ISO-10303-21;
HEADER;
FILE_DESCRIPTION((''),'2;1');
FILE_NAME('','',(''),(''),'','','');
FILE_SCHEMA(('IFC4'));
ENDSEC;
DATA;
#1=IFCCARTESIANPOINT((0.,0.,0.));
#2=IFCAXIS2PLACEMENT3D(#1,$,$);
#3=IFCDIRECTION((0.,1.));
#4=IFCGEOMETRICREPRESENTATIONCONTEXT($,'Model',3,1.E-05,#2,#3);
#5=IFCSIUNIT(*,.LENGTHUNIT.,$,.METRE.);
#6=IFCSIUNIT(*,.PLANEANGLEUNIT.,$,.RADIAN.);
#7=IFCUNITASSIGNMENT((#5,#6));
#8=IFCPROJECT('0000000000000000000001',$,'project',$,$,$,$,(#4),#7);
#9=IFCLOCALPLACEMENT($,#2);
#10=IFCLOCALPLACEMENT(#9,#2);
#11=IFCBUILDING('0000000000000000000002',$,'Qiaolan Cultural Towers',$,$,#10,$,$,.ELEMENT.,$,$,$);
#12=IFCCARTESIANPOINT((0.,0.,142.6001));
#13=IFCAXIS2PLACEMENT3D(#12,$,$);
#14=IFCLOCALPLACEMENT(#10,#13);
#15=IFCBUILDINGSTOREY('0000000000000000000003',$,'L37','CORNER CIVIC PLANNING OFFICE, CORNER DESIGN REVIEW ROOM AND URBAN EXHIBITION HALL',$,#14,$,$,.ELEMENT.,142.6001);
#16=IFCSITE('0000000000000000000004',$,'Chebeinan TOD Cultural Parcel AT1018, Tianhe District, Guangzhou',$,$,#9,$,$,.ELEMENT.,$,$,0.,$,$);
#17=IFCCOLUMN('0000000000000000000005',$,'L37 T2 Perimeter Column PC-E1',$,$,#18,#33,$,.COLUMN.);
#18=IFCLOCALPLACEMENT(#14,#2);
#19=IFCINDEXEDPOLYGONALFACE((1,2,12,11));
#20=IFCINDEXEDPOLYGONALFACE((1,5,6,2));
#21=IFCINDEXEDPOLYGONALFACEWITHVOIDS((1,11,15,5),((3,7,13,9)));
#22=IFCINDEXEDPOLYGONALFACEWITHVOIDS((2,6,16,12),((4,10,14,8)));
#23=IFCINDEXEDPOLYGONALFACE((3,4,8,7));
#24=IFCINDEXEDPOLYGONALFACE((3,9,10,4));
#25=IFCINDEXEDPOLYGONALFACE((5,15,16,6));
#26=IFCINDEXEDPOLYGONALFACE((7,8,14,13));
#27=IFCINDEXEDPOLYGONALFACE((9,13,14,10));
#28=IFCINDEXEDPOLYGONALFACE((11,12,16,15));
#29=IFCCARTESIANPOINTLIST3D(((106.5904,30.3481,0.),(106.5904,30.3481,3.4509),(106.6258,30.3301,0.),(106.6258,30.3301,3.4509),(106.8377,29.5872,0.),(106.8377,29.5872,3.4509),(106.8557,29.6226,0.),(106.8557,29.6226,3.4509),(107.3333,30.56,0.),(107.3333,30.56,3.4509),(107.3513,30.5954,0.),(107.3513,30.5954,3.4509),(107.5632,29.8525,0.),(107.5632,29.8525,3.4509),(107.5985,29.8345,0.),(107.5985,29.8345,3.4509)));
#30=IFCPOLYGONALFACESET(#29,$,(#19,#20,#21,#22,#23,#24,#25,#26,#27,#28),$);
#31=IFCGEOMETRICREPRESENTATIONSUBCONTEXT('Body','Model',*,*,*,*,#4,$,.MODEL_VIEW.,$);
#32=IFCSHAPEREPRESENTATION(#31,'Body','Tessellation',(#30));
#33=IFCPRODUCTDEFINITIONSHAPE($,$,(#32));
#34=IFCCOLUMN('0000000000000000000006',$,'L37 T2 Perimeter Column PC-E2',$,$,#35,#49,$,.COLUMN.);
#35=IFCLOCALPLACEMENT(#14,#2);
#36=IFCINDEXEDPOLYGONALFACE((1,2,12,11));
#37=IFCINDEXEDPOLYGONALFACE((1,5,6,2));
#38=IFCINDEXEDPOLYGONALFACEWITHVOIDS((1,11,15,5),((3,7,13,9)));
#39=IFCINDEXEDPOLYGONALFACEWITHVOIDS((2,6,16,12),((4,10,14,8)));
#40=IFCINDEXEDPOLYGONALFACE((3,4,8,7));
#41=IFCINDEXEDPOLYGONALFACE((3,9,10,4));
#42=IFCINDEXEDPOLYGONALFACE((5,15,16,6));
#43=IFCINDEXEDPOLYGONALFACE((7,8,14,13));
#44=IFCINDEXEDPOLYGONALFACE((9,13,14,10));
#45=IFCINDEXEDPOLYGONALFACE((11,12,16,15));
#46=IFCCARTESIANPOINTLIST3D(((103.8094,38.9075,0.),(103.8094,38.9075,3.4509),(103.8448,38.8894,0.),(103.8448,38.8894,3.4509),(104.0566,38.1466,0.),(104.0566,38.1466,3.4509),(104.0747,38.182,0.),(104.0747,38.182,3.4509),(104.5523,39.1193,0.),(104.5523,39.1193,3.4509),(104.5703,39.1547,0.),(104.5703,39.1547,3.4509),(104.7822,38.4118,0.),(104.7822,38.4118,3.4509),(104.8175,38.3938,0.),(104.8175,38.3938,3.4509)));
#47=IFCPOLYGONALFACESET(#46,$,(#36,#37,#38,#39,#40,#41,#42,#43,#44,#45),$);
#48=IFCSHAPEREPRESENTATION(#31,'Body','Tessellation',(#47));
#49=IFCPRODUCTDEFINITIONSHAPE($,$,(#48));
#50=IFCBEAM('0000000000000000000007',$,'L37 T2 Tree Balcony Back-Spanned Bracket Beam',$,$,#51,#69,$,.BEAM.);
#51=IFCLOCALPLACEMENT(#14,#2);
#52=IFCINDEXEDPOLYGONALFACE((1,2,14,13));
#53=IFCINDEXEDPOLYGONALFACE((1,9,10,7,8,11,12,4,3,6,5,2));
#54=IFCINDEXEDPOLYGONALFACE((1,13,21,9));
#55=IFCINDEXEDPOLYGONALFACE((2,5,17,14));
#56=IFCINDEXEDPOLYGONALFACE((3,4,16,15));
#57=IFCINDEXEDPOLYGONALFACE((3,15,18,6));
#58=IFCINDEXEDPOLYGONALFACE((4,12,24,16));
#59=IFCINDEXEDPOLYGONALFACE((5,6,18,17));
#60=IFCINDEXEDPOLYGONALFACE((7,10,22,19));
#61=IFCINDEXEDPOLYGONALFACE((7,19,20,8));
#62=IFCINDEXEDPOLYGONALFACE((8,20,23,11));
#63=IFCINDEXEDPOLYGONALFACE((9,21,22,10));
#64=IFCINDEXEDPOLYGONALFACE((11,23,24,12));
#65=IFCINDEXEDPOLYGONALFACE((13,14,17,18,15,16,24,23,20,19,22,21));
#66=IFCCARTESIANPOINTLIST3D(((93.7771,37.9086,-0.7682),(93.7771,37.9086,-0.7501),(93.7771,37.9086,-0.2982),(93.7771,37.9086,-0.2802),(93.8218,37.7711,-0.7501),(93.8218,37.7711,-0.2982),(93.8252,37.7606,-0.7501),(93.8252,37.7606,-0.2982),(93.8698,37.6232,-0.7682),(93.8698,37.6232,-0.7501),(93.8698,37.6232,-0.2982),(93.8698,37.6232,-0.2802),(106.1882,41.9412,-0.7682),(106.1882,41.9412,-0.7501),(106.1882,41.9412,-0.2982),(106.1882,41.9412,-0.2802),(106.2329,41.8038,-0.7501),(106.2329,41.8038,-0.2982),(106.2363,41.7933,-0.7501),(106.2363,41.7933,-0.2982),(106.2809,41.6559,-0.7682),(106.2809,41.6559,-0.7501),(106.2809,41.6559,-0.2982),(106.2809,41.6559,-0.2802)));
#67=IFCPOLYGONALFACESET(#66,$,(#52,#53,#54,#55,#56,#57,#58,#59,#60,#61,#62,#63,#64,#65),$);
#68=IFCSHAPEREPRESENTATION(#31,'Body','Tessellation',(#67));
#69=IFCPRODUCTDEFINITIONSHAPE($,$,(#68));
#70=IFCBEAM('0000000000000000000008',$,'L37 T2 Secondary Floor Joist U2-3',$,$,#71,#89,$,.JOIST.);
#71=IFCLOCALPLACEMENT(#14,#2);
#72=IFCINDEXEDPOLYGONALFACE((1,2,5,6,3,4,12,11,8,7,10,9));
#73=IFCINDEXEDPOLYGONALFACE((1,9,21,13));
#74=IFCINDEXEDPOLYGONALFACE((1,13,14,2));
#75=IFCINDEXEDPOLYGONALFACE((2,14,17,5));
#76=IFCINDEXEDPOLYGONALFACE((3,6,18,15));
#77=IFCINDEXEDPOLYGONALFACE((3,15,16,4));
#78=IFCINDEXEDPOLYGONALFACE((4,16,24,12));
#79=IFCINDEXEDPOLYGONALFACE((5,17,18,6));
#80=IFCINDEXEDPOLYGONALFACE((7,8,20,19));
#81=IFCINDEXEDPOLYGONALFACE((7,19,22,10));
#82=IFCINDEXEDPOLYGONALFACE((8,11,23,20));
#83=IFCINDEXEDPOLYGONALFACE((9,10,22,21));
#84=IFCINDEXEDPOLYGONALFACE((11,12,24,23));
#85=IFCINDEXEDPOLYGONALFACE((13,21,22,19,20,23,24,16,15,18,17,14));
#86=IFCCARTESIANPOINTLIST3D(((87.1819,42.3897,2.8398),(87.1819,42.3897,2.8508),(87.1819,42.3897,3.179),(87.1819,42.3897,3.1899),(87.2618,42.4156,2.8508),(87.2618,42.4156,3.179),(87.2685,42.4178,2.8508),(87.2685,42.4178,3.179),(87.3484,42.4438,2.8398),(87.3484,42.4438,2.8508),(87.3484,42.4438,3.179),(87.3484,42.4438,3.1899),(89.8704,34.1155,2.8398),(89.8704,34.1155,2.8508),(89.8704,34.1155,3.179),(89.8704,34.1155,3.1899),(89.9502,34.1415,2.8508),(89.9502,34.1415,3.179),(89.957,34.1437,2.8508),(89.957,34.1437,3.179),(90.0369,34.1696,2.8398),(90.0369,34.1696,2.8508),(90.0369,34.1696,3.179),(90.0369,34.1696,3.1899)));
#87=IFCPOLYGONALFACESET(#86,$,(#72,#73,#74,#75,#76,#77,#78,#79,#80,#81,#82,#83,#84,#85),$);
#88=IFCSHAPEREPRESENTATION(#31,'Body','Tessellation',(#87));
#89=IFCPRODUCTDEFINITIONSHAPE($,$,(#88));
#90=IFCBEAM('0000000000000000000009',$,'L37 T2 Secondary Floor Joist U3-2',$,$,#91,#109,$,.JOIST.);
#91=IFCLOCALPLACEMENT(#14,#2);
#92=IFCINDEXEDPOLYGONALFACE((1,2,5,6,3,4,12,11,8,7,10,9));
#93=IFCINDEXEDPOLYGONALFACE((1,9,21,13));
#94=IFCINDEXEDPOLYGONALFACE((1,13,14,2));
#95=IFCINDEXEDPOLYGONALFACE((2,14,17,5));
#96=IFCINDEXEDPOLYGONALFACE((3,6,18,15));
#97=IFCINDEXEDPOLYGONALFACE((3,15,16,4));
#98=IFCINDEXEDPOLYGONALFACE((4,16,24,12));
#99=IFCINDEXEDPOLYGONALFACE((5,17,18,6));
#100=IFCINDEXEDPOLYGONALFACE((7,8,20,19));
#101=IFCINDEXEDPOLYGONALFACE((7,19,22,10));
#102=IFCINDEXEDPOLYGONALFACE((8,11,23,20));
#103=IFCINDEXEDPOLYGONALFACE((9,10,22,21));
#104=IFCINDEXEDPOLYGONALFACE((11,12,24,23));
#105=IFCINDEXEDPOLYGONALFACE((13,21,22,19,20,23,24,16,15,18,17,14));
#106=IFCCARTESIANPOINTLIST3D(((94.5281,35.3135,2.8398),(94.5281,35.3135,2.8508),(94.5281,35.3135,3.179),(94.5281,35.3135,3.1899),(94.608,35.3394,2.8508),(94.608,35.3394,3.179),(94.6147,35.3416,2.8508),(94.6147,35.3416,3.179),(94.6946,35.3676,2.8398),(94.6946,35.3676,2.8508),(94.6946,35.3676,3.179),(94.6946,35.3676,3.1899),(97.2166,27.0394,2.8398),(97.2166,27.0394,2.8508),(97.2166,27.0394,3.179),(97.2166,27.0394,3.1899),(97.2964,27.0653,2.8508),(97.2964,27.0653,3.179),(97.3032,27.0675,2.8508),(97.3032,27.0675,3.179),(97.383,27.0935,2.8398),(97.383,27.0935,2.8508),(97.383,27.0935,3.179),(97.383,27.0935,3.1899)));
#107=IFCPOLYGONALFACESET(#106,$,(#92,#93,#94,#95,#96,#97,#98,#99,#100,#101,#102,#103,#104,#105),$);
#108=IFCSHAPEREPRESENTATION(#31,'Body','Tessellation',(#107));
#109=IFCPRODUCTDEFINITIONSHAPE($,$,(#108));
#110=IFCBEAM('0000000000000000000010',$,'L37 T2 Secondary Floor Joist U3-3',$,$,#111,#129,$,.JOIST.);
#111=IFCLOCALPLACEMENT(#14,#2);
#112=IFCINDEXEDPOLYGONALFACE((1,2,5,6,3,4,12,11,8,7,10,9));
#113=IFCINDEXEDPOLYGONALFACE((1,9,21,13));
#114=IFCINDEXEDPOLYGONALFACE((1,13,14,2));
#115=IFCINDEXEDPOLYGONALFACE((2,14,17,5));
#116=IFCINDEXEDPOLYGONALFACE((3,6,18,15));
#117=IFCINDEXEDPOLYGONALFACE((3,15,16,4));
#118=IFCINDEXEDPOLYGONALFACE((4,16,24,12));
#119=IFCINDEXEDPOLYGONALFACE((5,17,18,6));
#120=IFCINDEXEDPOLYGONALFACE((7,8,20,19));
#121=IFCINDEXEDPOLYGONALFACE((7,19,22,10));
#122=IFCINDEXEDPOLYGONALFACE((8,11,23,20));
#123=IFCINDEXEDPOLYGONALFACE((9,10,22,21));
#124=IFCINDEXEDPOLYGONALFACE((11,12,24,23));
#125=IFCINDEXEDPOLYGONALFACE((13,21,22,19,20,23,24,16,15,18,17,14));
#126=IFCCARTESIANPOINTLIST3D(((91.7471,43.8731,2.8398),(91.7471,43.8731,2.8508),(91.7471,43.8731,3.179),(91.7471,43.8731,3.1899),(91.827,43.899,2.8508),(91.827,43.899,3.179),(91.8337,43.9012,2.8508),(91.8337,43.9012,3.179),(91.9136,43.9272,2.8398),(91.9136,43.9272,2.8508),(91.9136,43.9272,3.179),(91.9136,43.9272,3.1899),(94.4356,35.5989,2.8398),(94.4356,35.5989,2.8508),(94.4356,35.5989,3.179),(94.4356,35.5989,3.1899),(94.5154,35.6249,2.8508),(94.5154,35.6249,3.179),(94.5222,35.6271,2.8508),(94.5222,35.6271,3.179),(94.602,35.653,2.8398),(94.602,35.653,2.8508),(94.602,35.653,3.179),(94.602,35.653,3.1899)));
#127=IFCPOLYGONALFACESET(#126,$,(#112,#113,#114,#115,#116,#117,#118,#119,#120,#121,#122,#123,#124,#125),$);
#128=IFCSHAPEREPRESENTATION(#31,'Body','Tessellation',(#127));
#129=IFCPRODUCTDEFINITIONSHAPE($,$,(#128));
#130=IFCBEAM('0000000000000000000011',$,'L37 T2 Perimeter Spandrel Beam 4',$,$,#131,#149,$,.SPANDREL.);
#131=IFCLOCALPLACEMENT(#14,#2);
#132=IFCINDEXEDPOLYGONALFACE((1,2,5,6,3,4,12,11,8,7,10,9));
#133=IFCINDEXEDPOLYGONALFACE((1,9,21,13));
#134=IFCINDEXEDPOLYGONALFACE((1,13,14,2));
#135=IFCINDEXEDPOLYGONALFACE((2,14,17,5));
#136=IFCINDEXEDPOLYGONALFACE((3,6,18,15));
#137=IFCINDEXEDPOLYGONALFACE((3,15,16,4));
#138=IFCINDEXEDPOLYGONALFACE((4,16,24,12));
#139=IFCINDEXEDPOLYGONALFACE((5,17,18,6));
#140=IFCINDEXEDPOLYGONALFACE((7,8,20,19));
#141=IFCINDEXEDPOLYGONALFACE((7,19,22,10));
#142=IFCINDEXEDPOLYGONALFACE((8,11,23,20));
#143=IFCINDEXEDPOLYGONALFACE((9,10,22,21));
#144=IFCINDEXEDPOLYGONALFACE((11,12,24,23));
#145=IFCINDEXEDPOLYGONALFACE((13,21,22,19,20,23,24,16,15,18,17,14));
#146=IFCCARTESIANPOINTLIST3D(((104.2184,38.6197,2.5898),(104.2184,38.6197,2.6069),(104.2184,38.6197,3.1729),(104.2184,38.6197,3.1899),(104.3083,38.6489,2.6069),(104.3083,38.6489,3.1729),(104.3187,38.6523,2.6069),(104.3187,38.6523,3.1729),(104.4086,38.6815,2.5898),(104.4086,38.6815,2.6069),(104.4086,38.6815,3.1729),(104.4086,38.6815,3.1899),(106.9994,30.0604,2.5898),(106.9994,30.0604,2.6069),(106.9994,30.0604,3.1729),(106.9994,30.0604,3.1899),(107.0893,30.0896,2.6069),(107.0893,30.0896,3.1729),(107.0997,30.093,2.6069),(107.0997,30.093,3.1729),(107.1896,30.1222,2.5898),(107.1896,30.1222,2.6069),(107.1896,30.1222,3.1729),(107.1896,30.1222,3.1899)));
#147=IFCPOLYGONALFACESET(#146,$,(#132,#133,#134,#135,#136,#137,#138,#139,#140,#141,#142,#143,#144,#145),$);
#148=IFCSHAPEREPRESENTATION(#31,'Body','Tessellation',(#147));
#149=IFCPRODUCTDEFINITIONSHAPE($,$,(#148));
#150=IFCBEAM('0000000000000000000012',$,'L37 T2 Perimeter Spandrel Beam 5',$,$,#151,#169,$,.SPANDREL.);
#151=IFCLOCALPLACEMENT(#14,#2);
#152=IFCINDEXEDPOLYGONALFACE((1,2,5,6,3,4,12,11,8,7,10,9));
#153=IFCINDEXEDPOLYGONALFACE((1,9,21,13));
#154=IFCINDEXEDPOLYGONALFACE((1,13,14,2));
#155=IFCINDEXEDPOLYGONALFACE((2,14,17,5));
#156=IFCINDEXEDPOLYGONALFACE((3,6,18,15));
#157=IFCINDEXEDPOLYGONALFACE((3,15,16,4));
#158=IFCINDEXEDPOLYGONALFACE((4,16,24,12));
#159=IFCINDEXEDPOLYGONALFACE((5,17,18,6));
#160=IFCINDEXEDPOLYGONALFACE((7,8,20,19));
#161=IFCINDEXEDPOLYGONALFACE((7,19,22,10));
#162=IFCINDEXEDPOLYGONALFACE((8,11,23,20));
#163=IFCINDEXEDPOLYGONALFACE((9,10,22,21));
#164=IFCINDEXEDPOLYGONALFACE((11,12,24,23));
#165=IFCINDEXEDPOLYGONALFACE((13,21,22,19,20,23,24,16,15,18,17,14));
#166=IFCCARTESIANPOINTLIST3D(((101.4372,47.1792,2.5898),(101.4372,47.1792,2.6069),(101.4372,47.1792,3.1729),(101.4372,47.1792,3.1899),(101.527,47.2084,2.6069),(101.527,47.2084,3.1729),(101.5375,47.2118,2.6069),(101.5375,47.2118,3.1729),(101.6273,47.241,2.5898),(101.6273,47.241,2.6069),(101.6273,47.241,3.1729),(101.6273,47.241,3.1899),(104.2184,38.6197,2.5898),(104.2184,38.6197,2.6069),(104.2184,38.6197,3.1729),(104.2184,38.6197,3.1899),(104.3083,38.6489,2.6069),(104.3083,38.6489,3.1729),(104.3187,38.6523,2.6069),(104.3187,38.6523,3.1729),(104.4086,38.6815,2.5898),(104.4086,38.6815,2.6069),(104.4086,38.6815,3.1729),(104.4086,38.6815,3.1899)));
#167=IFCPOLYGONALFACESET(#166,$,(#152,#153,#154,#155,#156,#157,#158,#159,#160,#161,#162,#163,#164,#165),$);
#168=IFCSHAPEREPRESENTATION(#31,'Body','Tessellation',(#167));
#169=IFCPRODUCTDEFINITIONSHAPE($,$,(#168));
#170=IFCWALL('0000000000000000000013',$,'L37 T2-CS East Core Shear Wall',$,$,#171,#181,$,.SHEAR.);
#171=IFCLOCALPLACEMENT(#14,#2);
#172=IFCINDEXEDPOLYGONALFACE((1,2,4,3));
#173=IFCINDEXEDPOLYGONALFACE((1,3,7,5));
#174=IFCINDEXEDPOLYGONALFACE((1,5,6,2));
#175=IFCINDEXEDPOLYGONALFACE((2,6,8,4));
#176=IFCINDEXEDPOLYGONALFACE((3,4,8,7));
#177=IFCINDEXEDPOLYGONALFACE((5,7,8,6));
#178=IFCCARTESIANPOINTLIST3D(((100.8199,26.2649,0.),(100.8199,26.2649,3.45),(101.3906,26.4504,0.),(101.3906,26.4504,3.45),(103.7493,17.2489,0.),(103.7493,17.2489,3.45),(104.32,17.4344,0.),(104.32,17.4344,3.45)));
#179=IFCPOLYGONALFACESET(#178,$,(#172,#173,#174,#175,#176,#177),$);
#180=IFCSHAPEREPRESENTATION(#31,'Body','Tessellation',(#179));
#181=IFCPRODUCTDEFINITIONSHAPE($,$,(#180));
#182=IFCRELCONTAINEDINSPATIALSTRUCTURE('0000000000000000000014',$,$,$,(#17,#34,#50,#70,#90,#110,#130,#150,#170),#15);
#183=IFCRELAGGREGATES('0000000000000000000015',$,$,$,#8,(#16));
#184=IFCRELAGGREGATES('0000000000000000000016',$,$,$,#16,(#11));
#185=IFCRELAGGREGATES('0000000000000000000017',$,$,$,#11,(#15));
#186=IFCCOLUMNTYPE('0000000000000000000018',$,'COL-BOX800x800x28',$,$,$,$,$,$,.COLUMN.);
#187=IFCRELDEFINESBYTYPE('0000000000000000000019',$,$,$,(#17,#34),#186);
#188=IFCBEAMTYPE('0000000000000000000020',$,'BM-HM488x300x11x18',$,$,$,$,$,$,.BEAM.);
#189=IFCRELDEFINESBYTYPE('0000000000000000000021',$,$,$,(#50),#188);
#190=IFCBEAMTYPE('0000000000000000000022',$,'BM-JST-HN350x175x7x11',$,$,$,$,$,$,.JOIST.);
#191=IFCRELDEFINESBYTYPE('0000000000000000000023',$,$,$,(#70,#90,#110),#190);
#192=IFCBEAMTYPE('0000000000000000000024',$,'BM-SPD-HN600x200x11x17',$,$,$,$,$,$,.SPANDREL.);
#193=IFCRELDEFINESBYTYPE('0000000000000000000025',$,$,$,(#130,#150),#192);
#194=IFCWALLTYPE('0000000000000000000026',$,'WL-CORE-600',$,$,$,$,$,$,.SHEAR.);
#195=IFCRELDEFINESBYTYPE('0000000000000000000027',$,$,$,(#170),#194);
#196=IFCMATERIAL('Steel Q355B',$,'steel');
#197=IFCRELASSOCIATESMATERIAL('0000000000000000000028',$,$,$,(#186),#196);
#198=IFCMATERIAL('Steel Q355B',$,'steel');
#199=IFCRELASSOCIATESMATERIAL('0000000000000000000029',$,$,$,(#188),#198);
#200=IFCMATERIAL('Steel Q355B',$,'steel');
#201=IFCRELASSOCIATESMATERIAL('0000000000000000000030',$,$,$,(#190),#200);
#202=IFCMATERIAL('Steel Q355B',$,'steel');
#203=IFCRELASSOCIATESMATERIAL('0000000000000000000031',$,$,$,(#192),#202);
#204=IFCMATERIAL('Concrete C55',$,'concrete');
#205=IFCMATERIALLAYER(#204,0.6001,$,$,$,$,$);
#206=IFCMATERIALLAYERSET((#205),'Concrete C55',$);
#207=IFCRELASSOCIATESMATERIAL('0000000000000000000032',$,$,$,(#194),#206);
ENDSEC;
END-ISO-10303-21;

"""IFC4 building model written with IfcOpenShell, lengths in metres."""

from ifc_helpers import new_model, si_unit, direction, frame, frame_2d, origin, origin_2d, place, context, subcontext, project, spatial, rectangle, hollow_rectangle, i_section, extrude, material, layer, layer_set, material_profile, profile_set, type_object, element, save


model = new_model("IFC4")

# Units and contexts
model_context = context("Model", 3, precision=1e-05, world=origin(), true_north=direction((0.0, 1.0)))
body_context = subcontext(model_context, "Body", "Model", "MODEL_VIEW")
ifc_project = project(units=[si_unit("LENGTHUNIT", "METRE"), si_unit("PLANEANGLEUNIT", "RADIAN")], contexts=[model_context])

# Site, building, storey
site_placement = place(None, origin())
site = spatial("IfcSite", under=ifc_project, at=site_placement, Name="Chebeinan TOD Cultural Parcel AT1018, Tianhe District, Guangzhou", CompositionType="ELEMENT", RefElevation=0.0)
building_placement = place(site_placement, origin())
building = spatial("IfcBuilding", under=site, at=building_placement, Name="Qiaolan Cultural Towers", CompositionType="ELEMENT")
storey_placement = place(building_placement, frame((0.0, 0.0, 142.6001)))
storey = spatial("IfcBuildingStorey", under=building, at=storey_placement, Name="L37", Description="CORNER CIVIC PLANNING OFFICE, CORNER DESIGN REVIEW ROOM AND URBAN EXHIBITION HALL", CompositionType="ELEMENT", Elevation=142.6001)

# Columns
ifc_material_1 = material(Name="Steel Q355B", Category="steel")
ifc_material_profile_1 = material_profile(ifc_material_1, hollow_rectangle(XDim=0.8, YDim=0.8, WallThickness=0.0281, at=origin_2d()), Name="BOX800x800x28")
ifc_profile_set_1 = profile_set([ifc_material_profile_1], Name="Steel Q355B")
column_type = type_object("IfcColumnType", Name="COL-BOX800x800x28", PredefinedType="COLUMN", material=ifc_profile_set_1)
for number, where, z_axis, x_axis, name in (
    (1, (107.0945, 30.0913, 0.0), (0.0, 0.0, 1.0), (0.951057, 0.309017, 0.0), "L37 T2 Perimeter Column PC-E1"),
    (2, (104.3135, 38.6506, 0.0), (0.0, 0.0, 1.0), (0.951057, 0.309017, 0.0), "L37 T2 Perimeter Column PC-E2"),
):
    element("IfcColumn", number, at=place(storey_placement, frame(where, z_axis=z_axis, x_axis=x_axis)), inside=storey, type_object=column_type, Name=name, PredefinedType="COLUMN", context=body_context, shape_type="SweptSolid", body=[
        extrude(hollow_rectangle(XDim=0.8, YDim=0.8, WallThickness=0.0281, at=origin_2d()), origin(), (0.0, 0.0, 1.0), 3.4509),
    ])

# Beams
ifc_material_2 = material(Name="Steel Q355B", Category="steel")
ifc_material_profile_2 = material_profile(ifc_material_2, i_section(OverallWidth=0.3, OverallDepth=0.488, WebThickness=0.011, FlangeThickness=0.0181, at=origin_2d()), Name="HM488x300x11x18")
ifc_profile_set_2 = profile_set([ifc_material_profile_2], Name="Steel Q355B")
beam_type_1 = type_object("IfcBeamType", Name="BM-HM488x300x11x18", PredefinedType="BEAM", material=ifc_profile_set_2)
beam_1_placement = place(storey_placement, frame((93.8235, 37.7659, -0.5242), z_axis=(0.951054, 0.309023, 0.0), x_axis=(-0.309023, 0.951054, 0.0)))
element("IfcBeam", 3, at=beam_1_placement, inside=storey, type_object=beam_type_1, Name="L37 T2 Tree Balcony Back-Spanned Bracket Beam", PredefinedType="BEAM", context=body_context, shape_type="SweptSolid", body=[
    extrude(i_section(OverallWidth=0.3, OverallDepth=0.488, WebThickness=0.011, FlangeThickness=0.0181, at=origin_2d()), origin(), (0.0, 0.0, 1.0), 13.0498),
])
ifc_material_3 = material(Name="Steel Q355B", Category="steel")
ifc_material_profile_3 = material_profile(ifc_material_3, i_section(OverallWidth=0.175, OverallDepth=0.3501, WebThickness=0.0071, FlangeThickness=0.011, at=origin_2d()), Name="HN350x175x7x11")
ifc_profile_set_3 = profile_set([ifc_material_profile_3], Name="Steel Q355B")
beam_type_2 = type_object("IfcBeamType", Name="BM-JST-HN350x175x7x11", PredefinedType="JOIST", material=ifc_profile_set_3)
for number, where, z_axis, x_axis, name in (
    (4, (89.9536, 34.1426, 3.0149), (-0.309021, 0.951055, 0.0), (-0.951055, -0.309021, 0.0), "L37 T2 Secondary Floor Joist U2-3"),
    (5, (97.2998, 27.0664, 3.0149), (-0.309021, 0.951055, 0.0), (-0.951055, -0.309021, 0.0), "L37 T2 Secondary Floor Joist U3-2"),
    (6, (94.5188, 35.626, 3.0149), (-0.309021, 0.951055, 0.0), (-0.951055, -0.309021, 0.0), "L37 T2 Secondary Floor Joist U3-3"),
):
    element("IfcBeam", number, at=place(storey_placement, frame(where, z_axis=z_axis, x_axis=x_axis)), inside=storey, type_object=beam_type_2, Name=name, PredefinedType="JOIST", context=body_context, shape_type="SweptSolid", body=[
        extrude(i_section(OverallWidth=0.175, OverallDepth=0.3501, WebThickness=0.0071, FlangeThickness=0.011, at=origin_2d()), origin(), (0.0, 0.0, 1.0), 8.7),
    ])
ifc_material_4 = material(Name="Steel Q355B", Category="steel")
ifc_material_profile_4 = material_profile(ifc_material_4, i_section(OverallWidth=0.2, OverallDepth=0.6001, WebThickness=0.011, FlangeThickness=0.0171, at=origin_2d()), Name="HN600x200x11x17")
ifc_profile_set_4 = profile_set([ifc_material_profile_4], Name="Steel Q355B")
beam_type_3 = type_object("IfcBeamType", Name="BM-SPD-HN600x200x11x17", PredefinedType="SPANDREL", material=ifc_profile_set_4)
beam_2_placement = place(storey_placement, frame((107.0945, 30.0913, 2.8899), z_axis=(-0.309008, 0.951059, 0.0), x_axis=(-0.951059, -0.309008, 0.0)))
element("IfcBeam", 7, at=beam_2_placement, inside=storey, type_object=beam_type_3, Name="L37 T2 Perimeter Spandrel Beam 4", PredefinedType="SPANDREL", context=body_context, shape_type="SweptSolid", body=[
    extrude(i_section(OverallWidth=0.2, OverallDepth=0.6001, WebThickness=0.011, FlangeThickness=0.0171, at=origin_2d()), origin(), (0.0, 0.0, 1.0), 8.9998),
])
beam_3_placement = place(storey_placement, frame((104.3135, 38.6506, 2.8899), z_axis=(-0.309025, 0.951054, 0.0), x_axis=(-0.951054, -0.309025, 0.0)))
element("IfcBeam", 8, at=beam_3_placement, inside=storey, type_object=beam_type_3, Name="L37 T2 Perimeter Spandrel Beam 5", PredefinedType="SPANDREL", context=body_context, shape_type="SweptSolid", body=[
    extrude(i_section(OverallWidth=0.2, OverallDepth=0.6001, WebThickness=0.011, FlangeThickness=0.0171, at=origin_2d()), origin(), (0.0, 0.0, 1.0), 9.0),
])

# Wall
ifc_material_5 = material(Name="Concrete C55", Category="concrete")
ifc_layer_1 = layer(ifc_material_5, 0.6001)
ifc_layer_set_1 = layer_set([ifc_layer_1], Name="Concrete C55")
wall_type_1 = type_object("IfcWallType", Name="WL-CORE-600", PredefinedType="SHEAR", material=ifc_layer_set_1)
wall_1_placement = place(storey_placement, frame((101.1052, 26.3577, 0.0), z_axis=(0.0, 0.0, 1.0), x_axis=(0.30901, -0.951059, 0.0)))
element("IfcWall", 9, at=wall_1_placement, inside=storey, type_object=wall_type_1, Name="L37 T2-CS East Core Shear Wall", PredefinedType="SHEAR", context=body_context, shape_type="SweptSolid", body=[
    extrude(rectangle(XDim=9.48, YDim=0.6001, at=frame_2d((4.74, 0.0))), origin(), (0.0, 0.0, 1.0), 3.45),
])

save(model, "model.ifc")
